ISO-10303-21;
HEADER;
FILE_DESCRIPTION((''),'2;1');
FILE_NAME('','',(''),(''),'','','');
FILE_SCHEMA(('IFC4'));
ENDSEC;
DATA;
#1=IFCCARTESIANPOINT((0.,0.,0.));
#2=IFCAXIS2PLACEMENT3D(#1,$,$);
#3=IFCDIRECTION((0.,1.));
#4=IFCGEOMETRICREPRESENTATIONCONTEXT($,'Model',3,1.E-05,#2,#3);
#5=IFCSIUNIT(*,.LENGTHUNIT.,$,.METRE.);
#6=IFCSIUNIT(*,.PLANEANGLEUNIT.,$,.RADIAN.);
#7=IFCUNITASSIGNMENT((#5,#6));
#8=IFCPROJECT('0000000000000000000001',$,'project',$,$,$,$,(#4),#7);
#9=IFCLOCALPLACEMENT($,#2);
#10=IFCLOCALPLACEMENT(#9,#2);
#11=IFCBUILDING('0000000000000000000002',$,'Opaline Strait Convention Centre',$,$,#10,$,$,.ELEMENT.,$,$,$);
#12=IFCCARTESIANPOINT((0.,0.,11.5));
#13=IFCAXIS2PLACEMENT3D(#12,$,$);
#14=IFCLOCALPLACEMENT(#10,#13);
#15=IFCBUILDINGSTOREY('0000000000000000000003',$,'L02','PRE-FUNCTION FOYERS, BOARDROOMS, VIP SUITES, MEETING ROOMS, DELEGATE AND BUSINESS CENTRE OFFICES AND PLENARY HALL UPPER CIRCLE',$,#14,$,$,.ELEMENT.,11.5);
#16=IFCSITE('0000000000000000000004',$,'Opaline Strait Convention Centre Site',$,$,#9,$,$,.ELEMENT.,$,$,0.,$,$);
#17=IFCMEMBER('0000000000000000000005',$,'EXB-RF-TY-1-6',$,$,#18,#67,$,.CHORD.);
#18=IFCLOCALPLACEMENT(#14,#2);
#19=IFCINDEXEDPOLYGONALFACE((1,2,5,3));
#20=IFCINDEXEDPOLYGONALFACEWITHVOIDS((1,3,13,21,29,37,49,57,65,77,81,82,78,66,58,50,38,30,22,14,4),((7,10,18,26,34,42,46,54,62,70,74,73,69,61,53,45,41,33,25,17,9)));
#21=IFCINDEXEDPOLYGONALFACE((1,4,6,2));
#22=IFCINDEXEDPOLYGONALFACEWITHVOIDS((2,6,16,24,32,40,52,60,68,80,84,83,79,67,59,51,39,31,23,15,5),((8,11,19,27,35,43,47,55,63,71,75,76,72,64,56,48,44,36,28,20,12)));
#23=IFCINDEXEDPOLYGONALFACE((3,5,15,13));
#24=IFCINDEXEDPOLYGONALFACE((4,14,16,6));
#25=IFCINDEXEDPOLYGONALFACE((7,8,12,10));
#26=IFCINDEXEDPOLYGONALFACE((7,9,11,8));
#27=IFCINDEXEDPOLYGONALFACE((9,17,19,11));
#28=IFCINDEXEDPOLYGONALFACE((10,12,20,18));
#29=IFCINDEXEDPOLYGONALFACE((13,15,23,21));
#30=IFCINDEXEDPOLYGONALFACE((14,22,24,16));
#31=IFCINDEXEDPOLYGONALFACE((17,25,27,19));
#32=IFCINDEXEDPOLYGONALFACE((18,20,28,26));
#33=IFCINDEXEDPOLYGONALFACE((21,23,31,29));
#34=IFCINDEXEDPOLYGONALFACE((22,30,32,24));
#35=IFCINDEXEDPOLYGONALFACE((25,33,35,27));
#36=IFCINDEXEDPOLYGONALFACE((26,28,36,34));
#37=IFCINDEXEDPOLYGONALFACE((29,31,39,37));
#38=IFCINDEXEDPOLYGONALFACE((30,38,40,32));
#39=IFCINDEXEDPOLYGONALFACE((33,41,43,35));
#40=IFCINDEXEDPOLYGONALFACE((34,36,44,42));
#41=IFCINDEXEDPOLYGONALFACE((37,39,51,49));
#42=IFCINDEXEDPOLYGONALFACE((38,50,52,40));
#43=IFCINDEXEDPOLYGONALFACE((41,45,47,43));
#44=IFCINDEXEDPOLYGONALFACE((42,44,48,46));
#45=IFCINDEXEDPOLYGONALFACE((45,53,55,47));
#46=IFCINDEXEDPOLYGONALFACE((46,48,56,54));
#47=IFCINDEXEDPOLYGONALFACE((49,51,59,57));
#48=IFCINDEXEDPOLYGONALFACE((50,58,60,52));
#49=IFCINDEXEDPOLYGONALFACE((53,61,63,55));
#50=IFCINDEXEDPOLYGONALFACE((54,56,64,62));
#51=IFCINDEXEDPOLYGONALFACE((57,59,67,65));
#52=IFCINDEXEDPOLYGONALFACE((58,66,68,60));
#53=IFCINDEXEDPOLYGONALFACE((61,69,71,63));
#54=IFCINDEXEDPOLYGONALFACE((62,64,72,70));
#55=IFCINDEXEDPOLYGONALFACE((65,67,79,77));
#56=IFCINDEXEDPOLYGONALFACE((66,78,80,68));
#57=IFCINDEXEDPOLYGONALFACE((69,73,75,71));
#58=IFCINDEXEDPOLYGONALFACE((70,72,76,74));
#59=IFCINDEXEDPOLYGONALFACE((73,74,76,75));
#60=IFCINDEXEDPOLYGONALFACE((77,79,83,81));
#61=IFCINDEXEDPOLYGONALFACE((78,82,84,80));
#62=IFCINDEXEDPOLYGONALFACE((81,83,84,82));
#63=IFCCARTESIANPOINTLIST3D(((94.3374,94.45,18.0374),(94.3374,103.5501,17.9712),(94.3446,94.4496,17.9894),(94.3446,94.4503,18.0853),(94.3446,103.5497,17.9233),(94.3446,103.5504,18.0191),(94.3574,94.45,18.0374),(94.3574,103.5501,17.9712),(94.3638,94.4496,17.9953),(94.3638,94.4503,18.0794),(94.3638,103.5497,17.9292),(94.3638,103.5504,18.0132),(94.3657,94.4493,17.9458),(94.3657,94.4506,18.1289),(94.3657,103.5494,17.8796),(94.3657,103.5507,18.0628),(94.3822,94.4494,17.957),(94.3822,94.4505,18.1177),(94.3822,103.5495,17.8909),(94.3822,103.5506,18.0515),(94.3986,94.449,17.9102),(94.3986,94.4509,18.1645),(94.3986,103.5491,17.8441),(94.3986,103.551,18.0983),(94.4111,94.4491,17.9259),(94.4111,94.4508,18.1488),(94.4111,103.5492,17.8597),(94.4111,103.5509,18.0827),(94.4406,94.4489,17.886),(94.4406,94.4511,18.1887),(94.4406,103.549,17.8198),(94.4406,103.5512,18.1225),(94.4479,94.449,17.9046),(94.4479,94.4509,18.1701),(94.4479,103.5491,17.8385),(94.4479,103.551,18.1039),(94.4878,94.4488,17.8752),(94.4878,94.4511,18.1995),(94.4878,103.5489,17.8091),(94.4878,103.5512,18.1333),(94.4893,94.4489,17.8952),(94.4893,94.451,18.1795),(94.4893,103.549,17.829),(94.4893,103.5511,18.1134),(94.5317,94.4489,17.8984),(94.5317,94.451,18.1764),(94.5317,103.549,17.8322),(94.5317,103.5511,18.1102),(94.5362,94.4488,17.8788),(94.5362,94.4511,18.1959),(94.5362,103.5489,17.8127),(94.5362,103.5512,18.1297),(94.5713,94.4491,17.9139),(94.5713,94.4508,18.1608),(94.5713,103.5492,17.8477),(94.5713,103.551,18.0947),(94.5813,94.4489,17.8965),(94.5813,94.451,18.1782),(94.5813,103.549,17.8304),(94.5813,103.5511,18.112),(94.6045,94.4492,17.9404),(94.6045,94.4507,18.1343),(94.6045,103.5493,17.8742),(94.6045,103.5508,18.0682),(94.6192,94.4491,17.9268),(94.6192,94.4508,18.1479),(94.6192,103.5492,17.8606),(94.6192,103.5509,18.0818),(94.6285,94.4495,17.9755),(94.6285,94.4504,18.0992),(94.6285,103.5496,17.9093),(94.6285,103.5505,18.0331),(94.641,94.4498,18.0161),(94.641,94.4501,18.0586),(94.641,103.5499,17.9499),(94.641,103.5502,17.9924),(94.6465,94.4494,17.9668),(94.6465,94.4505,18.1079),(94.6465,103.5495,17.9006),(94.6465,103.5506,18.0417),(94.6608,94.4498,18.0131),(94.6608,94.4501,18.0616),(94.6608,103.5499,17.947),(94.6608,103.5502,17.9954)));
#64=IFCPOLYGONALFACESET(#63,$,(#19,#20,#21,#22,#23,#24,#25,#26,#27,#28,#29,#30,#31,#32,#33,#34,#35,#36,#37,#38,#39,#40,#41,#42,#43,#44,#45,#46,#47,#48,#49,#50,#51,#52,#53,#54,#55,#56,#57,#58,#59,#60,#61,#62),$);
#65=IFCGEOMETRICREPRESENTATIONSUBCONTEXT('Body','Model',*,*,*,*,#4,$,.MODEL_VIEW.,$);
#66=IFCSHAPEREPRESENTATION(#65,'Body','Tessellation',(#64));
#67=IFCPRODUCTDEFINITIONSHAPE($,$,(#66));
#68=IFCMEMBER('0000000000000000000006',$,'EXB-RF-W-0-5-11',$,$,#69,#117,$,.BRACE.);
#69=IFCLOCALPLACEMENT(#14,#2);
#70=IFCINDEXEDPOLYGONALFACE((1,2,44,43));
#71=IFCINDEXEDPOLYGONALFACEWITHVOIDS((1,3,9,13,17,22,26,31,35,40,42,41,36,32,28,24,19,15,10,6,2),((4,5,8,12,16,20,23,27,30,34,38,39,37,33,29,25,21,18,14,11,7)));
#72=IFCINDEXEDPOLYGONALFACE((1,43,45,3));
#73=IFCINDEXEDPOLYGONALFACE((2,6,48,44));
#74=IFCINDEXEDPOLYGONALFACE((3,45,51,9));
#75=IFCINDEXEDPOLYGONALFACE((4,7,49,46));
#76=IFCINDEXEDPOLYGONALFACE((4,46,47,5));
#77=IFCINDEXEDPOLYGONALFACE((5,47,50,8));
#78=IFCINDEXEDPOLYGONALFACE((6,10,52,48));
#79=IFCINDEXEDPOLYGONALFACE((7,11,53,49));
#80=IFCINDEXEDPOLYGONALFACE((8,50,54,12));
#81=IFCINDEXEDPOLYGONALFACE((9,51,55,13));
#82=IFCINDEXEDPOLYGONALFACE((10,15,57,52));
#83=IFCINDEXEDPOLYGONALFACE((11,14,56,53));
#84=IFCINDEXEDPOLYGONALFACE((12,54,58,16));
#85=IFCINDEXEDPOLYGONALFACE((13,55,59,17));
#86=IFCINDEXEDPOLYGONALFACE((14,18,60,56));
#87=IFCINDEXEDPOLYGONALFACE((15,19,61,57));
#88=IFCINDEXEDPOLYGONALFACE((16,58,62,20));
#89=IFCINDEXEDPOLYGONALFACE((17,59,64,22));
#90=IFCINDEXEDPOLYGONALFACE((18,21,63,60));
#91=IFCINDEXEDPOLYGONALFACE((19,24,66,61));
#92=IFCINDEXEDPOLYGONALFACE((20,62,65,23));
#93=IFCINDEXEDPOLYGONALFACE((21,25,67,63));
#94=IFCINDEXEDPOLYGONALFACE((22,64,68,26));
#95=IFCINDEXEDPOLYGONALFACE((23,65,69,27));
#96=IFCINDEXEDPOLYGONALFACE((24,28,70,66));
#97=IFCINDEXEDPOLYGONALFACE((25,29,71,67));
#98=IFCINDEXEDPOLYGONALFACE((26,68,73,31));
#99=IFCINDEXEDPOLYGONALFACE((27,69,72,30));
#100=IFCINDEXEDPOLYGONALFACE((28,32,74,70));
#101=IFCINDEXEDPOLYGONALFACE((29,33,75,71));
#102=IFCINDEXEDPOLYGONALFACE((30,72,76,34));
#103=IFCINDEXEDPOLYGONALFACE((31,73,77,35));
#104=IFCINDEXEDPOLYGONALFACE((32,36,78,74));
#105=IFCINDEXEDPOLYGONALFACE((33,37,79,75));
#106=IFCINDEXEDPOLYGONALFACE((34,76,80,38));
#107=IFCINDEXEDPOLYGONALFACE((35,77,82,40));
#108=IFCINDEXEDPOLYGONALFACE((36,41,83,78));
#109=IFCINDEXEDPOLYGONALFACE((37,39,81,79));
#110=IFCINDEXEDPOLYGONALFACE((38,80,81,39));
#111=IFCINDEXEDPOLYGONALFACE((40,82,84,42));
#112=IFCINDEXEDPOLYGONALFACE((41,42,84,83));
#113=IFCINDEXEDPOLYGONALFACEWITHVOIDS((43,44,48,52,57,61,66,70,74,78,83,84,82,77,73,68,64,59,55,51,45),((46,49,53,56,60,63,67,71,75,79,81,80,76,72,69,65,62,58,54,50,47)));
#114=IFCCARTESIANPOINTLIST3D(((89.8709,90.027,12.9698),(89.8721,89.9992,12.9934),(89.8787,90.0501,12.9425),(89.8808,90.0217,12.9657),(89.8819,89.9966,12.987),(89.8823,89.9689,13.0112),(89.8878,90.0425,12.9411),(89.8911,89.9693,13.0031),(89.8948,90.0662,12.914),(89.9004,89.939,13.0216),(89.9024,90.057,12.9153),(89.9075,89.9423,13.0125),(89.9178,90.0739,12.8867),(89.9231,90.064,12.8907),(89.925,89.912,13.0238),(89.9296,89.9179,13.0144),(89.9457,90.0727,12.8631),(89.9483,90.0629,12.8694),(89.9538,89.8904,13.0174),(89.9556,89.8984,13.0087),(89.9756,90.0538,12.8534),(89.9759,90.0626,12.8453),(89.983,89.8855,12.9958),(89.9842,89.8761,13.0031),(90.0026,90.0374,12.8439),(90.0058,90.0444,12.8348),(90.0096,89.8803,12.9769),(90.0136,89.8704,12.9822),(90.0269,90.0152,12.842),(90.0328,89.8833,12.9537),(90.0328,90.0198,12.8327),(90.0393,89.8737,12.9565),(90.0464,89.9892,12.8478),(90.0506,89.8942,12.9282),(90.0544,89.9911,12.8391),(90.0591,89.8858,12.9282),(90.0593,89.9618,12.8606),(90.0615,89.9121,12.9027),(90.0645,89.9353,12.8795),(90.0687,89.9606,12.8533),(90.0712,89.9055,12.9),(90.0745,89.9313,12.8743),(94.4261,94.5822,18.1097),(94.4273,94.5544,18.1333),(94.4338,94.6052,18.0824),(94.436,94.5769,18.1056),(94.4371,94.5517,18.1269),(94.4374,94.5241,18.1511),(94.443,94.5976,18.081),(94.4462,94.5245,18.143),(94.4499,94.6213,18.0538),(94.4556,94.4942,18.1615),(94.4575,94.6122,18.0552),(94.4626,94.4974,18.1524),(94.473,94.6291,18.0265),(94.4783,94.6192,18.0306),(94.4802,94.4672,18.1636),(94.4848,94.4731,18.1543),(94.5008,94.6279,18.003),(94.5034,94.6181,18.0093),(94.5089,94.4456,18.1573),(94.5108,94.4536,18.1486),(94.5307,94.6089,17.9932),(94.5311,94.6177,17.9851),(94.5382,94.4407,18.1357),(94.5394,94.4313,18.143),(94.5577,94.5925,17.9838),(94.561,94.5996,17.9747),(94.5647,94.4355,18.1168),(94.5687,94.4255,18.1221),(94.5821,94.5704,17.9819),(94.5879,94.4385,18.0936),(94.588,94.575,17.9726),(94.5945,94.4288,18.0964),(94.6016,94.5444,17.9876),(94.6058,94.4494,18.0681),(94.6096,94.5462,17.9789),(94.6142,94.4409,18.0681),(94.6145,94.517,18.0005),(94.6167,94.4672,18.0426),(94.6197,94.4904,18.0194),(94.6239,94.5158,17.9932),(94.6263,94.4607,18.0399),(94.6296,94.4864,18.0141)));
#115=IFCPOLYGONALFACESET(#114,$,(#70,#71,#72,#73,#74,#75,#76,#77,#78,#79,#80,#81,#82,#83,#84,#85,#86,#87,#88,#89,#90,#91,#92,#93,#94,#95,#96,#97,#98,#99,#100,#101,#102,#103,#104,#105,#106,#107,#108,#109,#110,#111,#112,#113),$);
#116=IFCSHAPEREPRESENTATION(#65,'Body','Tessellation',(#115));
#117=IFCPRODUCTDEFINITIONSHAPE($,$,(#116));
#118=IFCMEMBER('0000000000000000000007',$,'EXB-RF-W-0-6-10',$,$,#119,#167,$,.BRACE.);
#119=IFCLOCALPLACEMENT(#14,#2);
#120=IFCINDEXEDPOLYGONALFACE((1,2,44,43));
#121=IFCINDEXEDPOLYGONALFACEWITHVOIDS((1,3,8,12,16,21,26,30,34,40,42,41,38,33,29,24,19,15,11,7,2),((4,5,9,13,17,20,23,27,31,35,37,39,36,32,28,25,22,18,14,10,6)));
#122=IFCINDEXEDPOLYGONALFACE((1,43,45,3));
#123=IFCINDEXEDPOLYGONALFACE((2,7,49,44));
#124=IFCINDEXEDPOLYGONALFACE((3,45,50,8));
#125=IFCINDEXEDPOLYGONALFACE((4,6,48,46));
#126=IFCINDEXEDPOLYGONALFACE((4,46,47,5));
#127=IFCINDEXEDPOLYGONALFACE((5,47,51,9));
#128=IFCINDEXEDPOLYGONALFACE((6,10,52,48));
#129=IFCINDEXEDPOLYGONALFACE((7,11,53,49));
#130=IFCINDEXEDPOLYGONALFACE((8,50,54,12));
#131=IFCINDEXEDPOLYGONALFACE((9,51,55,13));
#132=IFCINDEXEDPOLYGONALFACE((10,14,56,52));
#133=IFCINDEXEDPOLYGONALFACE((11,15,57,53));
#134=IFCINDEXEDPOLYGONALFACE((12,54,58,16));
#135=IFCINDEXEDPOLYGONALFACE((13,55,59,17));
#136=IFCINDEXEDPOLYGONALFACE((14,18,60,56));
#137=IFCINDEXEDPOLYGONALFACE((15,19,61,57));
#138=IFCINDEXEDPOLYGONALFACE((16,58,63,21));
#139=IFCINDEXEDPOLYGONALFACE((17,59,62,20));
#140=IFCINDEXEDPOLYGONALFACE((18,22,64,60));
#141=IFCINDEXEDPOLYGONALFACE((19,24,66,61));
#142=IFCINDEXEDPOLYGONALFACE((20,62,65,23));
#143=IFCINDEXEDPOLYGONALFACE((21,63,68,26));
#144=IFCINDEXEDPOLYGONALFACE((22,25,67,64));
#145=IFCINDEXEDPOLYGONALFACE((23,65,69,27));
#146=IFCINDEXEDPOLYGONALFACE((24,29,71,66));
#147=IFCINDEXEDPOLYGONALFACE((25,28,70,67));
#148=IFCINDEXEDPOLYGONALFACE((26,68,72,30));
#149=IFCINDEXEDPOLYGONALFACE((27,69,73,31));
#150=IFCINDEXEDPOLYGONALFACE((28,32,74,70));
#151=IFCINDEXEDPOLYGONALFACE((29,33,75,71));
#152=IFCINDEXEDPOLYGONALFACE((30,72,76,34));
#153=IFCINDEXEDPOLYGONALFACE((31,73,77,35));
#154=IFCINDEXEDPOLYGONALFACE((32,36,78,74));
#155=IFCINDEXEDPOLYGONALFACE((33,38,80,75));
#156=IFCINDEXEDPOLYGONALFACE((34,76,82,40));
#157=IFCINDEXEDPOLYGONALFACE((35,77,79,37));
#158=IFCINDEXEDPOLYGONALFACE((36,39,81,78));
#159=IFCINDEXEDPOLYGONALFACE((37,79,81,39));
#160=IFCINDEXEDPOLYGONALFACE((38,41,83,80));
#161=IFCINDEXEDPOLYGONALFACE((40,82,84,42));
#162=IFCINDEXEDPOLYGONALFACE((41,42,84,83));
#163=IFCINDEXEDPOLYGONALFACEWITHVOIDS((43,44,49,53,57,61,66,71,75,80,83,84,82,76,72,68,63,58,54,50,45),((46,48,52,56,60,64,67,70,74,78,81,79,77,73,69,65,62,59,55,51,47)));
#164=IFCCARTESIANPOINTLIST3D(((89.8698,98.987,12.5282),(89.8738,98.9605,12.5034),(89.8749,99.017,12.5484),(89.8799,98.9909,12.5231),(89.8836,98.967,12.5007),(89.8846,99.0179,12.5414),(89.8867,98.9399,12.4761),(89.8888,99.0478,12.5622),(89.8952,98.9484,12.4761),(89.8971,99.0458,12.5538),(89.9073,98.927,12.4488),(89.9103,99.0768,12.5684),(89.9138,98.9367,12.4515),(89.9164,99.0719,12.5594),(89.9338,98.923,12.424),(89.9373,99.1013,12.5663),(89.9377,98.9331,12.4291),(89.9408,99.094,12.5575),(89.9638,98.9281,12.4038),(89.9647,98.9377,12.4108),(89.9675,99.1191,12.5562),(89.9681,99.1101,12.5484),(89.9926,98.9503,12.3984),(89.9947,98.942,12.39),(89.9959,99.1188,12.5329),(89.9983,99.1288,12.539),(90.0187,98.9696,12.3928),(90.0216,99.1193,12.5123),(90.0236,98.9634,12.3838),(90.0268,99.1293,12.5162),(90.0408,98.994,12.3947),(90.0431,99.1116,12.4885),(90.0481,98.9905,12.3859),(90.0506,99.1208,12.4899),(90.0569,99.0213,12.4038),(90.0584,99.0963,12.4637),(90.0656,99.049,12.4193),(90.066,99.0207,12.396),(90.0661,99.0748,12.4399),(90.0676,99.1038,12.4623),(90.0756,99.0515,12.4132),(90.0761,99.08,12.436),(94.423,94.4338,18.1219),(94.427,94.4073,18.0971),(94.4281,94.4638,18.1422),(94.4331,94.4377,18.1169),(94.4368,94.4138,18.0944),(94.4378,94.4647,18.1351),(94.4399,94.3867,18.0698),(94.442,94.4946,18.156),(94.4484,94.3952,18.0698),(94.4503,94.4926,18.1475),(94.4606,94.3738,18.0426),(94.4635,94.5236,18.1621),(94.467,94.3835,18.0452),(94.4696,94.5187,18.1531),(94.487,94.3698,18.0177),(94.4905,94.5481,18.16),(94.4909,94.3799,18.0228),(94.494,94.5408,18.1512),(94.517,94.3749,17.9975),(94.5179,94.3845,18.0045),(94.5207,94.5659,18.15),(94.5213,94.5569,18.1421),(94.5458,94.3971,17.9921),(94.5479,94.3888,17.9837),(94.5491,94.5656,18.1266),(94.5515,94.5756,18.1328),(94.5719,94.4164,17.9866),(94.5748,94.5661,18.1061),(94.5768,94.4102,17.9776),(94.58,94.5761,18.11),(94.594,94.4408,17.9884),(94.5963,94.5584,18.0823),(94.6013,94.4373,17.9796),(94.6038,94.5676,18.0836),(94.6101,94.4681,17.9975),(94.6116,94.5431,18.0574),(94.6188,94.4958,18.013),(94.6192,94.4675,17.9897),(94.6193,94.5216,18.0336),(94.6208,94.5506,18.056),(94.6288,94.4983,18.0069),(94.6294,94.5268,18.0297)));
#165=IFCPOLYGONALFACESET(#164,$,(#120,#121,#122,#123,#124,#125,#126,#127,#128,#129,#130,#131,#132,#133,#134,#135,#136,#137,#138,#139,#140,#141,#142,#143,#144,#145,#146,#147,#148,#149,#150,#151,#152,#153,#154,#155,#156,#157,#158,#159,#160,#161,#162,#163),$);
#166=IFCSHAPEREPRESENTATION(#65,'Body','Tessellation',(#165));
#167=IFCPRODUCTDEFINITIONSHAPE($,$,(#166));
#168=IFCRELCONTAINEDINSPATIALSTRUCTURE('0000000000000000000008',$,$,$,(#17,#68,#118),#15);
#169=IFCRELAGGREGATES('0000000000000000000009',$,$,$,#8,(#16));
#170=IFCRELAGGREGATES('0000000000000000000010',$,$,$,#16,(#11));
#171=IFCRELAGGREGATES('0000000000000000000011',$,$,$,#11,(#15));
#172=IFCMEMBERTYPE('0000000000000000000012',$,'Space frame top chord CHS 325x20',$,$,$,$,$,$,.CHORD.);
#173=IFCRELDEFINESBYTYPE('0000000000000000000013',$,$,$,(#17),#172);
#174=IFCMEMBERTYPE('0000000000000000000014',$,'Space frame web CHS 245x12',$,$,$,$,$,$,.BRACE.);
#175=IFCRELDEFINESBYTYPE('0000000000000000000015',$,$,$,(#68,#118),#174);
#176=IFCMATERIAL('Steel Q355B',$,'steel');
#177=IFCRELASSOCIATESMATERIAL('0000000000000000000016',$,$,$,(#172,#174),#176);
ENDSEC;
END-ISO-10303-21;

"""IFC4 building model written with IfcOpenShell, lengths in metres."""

from ifc_helpers import new_model, si_unit, direction, frame, origin, origin_2d, place, context, subcontext, project, spatial, hollow_circle, extrude, material, material_profile, profile_set, type_object, element, save


model = new_model("IFC4")

# Units and contexts
model_context = context("Model", 3, precision=1e-05, world=origin(), true_north=direction((0.0, 1.0)))
body_context = subcontext(model_context, "Body", "Model", "MODEL_VIEW")
ifc_project = project(units=[si_unit("LENGTHUNIT", "METRE"), si_unit("PLANEANGLEUNIT", "RADIAN")], contexts=[model_context])

# Site, building, storey
site_placement = place(None, origin())
site = spatial("IfcSite", under=ifc_project, at=site_placement, Name="Opaline Strait Convention Centre Site", CompositionType="ELEMENT", RefElevation=0.0)
building_placement = place(site_placement, origin())
building = spatial("IfcBuilding", under=site, at=building_placement, Name="Opaline Strait Convention Centre", CompositionType="ELEMENT")
storey_placement = place(building_placement, frame((0.0, 0.0, 11.5)))
storey = spatial("IfcBuildingStorey", under=building, at=storey_placement, Name="L02", Description="PRE-FUNCTION FOYERS, BOARDROOMS, VIP SUITES, MEETING ROOMS, DELEGATE AND BUSINESS CENTRE OFFICES AND PLENARY HALL UPPER CIRCLE", CompositionType="ELEMENT", Elevation=11.5)

# Members
ifc_material_1 = material(Name="Steel Q355B", Category="steel")
ifc_material_profile_1 = material_profile(ifc_material_1, hollow_circle(Radius=0.1626, WallThickness=0.02, at=origin_2d()), Name="CHS 325x20")
ifc_profile_set_1 = profile_set([ifc_material_profile_1], Name="Steel Q355B")
member_type_1 = type_object("IfcMemberType", Name="Space frame top chord CHS 325x20", PredefinedType="CHORD", material=ifc_profile_set_1)
for number, where, z_axis, x_axis, name in (
    (1, (94.5, 94.45, 18.0374), (0.0, 0.999974, -0.00727), (-1.0, 0.0, 0.0), "EXB-RF-TY-1-6"),
):
    element("IfcMember", number, at=place(storey_placement, frame(where, z_axis=z_axis, x_axis=x_axis)), inside=storey, type_object=member_type_1, Name=name, PredefinedType="CHORD", context=body_context, shape_type="SweptSolid", body=[
        extrude(hollow_circle(Radius=0.1626, WallThickness=0.02, at=origin_2d()), origin(), (0.0, 0.0, 1.0), 9.1003),
    ])
ifc_material_profile_2 = material_profile(ifc_material_1, hollow_circle(Radius=0.1226, WallThickness=0.012, at=origin_2d()), Name="CHS 245x12")
ifc_profile_set_2 = profile_set([ifc_material_profile_2], Name="Steel Q355B")
member_type_2 = type_object("IfcMemberType", Name="Space frame web CHS 245x12", PredefinedType="BRACE", material=ifc_profile_set_2)
member_1_placement = place(storey_placement, frame((94.5276, 94.5276, 18.0681), z_axis=(-0.552731, -0.552731, -0.623681), x_axis=(0.707107, -0.707107, 0.0)))
element("IfcMember", 2, at=member_1_placement, inside=storey, type_object=member_type_2, Name="EXB-RF-W-0-5-11", PredefinedType="BRACE", context=body_context, shape_type="SweptSolid", body=[
    extrude(hollow_circle(Radius=0.1226, WallThickness=0.012, at=origin_2d()), origin(), (0.0, 0.0, 1.0), 8.2412),
])
member_2_placement = place(storey_placement, frame((94.5266, 94.4734, 18.0698), z_axis=(-0.533816, 0.533816, -0.655806), x_axis=(-0.707107, -0.707107, 0.0)))
element("IfcMember", 3, at=member_2_placement, inside=storey, type_object=member_type_2, Name="EXB-RF-W-0-6-10", PredefinedType="BRACE", context=body_context, shape_type="SweptSolid", body=[
    extrude(hollow_circle(Radius=0.1226, WallThickness=0.012, at=origin_2d()), origin(), (0.0, 0.0, 1.0), 8.5295),
])

save(model, "model.ifc")
